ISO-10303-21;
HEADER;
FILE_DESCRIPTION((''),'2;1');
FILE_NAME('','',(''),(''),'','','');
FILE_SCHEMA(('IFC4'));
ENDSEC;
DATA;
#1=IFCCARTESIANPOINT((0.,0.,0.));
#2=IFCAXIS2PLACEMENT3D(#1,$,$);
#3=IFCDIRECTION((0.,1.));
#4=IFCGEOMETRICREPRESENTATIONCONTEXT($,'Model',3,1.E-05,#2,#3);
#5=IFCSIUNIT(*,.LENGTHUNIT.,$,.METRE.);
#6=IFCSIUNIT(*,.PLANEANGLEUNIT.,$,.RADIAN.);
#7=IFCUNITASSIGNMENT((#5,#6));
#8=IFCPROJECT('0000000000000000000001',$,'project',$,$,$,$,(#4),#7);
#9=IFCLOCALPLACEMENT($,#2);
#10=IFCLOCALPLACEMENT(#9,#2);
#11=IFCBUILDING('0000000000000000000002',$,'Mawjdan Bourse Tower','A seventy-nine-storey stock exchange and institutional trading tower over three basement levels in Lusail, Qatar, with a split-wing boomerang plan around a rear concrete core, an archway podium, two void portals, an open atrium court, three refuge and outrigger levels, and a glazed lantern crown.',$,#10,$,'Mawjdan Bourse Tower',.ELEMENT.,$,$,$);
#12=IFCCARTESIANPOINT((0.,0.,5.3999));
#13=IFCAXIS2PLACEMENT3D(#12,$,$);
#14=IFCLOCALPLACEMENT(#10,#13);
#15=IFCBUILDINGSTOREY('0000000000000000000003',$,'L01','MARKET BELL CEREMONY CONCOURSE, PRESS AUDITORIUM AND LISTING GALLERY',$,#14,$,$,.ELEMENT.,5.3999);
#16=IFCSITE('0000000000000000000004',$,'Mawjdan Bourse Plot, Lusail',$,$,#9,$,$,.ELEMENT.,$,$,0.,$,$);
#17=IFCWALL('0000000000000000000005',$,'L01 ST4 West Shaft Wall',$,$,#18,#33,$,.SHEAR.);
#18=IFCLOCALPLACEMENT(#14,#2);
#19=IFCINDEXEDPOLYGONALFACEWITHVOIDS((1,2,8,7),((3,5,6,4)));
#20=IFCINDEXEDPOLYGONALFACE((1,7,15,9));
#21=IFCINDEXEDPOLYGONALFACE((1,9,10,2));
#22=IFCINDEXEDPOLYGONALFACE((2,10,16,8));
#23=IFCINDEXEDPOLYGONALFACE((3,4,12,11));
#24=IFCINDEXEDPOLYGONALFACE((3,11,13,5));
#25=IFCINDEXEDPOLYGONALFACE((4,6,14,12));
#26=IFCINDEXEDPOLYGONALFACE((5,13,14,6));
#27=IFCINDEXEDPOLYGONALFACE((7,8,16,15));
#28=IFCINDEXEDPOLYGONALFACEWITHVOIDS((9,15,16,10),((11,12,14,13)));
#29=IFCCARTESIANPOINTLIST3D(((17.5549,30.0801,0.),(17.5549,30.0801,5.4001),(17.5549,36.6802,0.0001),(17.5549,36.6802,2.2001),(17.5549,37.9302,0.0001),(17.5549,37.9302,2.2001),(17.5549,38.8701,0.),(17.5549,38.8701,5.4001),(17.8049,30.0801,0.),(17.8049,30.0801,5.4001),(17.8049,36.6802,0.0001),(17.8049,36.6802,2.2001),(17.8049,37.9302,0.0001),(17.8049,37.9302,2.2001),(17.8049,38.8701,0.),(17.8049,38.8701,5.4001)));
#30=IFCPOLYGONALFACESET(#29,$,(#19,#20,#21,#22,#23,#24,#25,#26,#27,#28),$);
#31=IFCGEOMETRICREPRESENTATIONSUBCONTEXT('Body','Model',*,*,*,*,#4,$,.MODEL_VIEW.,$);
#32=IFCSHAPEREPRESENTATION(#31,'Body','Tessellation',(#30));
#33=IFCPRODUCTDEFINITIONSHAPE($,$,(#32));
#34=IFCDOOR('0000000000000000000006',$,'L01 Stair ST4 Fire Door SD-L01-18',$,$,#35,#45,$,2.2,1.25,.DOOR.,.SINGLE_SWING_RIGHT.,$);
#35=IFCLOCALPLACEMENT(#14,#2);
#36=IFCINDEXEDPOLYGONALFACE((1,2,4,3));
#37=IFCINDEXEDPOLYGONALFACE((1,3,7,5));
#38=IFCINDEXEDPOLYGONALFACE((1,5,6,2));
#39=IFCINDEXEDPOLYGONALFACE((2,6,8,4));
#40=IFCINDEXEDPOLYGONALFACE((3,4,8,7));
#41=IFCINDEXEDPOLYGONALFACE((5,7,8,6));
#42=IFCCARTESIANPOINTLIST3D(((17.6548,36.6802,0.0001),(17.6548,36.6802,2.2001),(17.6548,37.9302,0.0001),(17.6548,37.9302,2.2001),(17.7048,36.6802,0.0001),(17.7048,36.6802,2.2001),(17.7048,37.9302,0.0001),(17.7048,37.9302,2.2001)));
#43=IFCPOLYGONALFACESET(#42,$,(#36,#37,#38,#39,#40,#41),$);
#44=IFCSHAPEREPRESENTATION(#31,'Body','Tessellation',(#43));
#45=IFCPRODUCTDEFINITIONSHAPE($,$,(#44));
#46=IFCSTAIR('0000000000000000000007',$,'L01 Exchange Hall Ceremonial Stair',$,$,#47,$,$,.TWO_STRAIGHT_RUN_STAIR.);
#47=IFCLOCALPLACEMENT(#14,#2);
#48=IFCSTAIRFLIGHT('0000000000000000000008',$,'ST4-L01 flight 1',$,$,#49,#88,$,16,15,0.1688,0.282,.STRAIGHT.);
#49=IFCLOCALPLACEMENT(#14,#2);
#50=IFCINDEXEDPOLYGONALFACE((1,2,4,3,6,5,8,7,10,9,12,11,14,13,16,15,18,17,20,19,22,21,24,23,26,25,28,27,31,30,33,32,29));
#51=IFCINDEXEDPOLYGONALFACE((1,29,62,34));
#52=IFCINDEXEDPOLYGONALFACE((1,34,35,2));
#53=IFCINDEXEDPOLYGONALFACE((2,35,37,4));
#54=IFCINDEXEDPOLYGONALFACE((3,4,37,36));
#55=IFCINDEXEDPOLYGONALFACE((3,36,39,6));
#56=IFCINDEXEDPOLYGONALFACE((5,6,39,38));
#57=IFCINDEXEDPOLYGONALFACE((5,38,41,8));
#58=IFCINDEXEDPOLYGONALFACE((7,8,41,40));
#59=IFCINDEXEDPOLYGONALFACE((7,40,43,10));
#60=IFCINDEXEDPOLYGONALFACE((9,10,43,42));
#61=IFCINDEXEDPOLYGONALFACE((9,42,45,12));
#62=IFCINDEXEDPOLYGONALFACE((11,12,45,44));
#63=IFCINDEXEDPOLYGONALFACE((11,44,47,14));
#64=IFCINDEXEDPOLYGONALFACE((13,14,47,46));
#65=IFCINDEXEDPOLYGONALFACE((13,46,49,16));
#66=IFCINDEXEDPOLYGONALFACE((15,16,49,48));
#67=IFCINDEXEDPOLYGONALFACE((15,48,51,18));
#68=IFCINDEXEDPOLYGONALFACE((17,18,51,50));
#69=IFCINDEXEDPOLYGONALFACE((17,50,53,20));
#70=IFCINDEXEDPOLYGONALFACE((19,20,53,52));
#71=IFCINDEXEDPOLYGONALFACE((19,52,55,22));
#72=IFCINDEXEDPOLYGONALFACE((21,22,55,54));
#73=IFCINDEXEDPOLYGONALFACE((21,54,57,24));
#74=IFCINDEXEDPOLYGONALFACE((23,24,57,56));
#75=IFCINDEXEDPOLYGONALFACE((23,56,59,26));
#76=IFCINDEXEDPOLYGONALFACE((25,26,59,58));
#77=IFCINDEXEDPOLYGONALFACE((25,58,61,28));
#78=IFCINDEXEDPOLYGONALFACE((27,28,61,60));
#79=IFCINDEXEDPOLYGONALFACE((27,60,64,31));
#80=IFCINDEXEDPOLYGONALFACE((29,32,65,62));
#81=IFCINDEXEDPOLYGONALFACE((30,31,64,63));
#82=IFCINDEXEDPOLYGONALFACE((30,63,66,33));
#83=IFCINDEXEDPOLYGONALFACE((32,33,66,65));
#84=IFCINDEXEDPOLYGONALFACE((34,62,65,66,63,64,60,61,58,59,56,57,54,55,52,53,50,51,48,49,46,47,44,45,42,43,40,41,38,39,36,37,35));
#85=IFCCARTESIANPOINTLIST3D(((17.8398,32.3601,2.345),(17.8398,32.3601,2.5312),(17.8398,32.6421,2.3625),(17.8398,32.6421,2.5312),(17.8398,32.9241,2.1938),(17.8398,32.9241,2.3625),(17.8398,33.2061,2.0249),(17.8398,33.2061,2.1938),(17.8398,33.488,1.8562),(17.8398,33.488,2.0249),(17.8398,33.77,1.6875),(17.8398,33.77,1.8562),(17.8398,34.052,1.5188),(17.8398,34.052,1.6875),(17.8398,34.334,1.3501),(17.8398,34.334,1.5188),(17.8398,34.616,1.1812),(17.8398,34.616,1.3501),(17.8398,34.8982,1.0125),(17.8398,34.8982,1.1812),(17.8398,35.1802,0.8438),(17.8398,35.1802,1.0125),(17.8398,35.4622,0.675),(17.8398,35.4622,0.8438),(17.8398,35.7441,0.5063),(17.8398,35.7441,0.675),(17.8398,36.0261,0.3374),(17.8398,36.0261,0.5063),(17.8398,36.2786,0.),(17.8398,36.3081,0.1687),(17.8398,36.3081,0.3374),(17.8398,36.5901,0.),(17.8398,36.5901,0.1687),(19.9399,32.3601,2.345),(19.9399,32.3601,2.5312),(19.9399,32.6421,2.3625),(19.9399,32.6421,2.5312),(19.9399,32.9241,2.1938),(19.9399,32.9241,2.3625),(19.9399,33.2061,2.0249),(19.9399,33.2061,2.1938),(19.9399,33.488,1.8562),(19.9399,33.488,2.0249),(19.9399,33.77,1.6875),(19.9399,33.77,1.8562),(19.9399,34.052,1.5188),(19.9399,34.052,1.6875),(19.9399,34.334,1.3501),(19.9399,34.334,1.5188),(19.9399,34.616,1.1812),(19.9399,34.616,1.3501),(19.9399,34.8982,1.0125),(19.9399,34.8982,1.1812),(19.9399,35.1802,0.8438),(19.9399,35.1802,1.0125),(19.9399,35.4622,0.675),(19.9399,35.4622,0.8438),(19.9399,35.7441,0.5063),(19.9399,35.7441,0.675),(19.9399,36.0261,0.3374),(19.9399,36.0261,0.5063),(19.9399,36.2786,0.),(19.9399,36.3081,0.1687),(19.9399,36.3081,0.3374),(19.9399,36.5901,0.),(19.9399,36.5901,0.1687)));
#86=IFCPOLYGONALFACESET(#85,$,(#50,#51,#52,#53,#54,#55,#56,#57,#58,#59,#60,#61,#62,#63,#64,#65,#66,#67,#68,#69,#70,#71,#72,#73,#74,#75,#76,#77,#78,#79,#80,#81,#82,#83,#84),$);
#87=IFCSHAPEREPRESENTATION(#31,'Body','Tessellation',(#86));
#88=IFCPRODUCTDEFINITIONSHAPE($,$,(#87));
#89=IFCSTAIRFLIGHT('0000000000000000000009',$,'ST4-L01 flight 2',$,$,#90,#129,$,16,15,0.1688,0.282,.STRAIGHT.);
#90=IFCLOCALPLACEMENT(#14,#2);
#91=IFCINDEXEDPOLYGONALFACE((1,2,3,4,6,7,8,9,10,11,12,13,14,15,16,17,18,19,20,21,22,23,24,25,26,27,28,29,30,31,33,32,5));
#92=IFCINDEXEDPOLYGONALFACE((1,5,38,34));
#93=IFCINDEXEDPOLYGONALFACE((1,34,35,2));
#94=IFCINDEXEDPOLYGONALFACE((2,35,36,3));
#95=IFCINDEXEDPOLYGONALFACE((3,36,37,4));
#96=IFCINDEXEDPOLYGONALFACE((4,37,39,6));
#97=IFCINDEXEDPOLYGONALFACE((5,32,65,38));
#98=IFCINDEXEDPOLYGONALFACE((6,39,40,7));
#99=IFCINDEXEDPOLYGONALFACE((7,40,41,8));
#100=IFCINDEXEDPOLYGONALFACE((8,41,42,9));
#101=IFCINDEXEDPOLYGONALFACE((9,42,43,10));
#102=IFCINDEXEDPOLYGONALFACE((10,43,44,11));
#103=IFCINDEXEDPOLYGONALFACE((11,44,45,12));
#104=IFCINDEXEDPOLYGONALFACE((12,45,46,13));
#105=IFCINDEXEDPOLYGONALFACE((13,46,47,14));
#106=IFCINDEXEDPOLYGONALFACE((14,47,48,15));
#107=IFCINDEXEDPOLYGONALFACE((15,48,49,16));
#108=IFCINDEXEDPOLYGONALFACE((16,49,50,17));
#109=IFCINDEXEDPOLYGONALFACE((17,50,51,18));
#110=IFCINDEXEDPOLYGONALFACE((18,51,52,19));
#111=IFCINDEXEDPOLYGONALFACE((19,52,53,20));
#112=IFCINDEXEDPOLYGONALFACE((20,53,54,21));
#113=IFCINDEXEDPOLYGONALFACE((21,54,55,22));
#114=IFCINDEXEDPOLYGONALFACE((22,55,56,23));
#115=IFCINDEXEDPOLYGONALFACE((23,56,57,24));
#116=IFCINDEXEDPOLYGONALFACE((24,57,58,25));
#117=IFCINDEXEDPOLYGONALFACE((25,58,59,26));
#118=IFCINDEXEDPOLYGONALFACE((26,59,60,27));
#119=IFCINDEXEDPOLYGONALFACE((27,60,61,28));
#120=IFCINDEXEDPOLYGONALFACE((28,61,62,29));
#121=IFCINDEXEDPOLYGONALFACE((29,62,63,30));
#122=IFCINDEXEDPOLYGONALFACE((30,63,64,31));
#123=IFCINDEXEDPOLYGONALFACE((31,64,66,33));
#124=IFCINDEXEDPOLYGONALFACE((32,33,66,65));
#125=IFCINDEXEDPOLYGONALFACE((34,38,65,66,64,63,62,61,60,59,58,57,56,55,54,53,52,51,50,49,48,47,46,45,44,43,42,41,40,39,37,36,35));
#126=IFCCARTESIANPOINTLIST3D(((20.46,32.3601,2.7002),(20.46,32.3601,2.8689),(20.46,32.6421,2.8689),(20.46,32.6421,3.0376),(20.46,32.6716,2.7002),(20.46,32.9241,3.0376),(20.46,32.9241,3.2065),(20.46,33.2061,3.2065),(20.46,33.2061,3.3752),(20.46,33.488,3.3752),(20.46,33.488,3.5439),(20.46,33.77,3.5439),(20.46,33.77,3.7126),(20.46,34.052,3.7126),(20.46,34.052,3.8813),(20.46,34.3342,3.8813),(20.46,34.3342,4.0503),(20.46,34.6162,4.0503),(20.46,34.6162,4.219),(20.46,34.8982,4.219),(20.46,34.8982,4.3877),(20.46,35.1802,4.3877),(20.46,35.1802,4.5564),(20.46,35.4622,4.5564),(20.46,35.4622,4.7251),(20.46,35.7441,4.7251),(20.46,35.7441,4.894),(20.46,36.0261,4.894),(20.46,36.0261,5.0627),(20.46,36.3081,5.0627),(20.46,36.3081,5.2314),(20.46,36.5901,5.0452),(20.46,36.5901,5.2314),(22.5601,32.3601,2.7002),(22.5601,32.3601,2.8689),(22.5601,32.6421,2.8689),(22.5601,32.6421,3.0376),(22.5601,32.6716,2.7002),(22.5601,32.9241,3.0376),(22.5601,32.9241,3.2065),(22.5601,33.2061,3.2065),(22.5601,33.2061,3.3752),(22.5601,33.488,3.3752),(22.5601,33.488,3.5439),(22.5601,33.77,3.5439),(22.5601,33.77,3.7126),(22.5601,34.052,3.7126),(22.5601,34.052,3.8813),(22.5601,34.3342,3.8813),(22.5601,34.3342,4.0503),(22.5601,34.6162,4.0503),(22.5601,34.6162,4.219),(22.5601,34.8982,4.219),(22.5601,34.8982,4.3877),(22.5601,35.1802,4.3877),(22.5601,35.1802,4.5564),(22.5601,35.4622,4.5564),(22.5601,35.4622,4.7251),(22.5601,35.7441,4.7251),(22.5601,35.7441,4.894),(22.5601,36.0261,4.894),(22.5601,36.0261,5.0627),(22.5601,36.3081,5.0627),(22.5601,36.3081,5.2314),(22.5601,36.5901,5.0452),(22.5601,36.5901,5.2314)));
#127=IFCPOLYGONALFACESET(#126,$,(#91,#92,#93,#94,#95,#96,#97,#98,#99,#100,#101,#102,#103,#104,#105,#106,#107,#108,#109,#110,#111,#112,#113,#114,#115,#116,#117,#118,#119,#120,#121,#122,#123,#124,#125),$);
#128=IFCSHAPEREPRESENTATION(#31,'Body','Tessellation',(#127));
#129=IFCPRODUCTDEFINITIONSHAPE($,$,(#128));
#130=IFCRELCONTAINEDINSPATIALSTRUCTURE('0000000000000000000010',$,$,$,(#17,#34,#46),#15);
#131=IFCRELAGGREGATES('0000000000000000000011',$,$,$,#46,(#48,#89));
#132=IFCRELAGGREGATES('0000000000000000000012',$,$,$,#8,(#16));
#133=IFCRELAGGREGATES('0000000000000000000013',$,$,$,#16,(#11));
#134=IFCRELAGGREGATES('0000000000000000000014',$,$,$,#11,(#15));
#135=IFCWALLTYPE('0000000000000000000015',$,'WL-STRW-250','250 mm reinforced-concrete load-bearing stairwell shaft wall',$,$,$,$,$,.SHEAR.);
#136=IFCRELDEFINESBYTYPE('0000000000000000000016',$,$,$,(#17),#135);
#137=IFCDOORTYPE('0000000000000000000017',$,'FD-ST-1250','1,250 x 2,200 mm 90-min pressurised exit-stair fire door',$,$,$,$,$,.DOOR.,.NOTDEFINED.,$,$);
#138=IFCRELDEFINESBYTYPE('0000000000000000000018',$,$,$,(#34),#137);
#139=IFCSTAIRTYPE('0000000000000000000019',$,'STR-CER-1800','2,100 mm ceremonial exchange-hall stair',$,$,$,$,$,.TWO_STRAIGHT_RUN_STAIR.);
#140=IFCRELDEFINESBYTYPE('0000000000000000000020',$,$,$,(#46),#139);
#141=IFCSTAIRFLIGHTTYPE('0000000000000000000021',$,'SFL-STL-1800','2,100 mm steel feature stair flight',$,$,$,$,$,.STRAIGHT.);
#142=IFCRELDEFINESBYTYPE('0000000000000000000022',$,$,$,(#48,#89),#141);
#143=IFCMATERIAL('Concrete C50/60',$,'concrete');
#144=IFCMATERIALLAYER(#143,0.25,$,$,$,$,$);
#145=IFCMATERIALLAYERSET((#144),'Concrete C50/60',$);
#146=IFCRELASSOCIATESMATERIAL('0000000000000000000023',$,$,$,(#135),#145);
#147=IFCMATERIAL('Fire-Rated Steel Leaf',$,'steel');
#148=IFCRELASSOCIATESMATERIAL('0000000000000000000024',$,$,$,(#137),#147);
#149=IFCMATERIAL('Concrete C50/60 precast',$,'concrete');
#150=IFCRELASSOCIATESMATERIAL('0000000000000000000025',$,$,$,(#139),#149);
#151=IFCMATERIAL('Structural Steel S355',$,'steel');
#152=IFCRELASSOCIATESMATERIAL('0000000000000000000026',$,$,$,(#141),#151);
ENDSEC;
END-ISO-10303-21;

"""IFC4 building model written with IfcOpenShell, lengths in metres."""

from ifc_helpers import new_model, si_unit, direction, frame, frame_2d, origin, place, context, subcontext, project, spatial, polyline, rectangle, outline, extrude, material, layer, layer_set, type_object, element, fill, aggregate, save


model = new_model("IFC4")

# Units and contexts
model_context = context("Model", 3, precision=1e-05, world=origin(), true_north=direction((0.0, 1.0)))
body_context = subcontext(model_context, "Body", "Model", "MODEL_VIEW")
ifc_project = project(units=[si_unit("LENGTHUNIT", "METRE"), si_unit("PLANEANGLEUNIT", "RADIAN")], contexts=[model_context])

# Site, building, storey
site_placement = place(None, origin())
site = spatial("IfcSite", under=ifc_project, at=site_placement, Name="Mawjdan Bourse Plot, Lusail", CompositionType="ELEMENT", RefElevation=0.0)
building_placement = place(site_placement, origin())
building = spatial("IfcBuilding", under=site, at=building_placement, Name="Mawjdan Bourse Tower", Description="A seventy-nine-storey stock exchange and institutional trading tower over three basement levels in Lusail, Qatar, with a split-wing boomerang plan around a rear concrete core, an archway podium, two void portals, an open atrium court, three refuge and outrigger levels, and a glazed lantern crown.", LongName="Mawjdan Bourse Tower", CompositionType="ELEMENT")
storey_placement = place(building_placement, frame((0.0, 0.0, 5.3999)))
storey = spatial("IfcBuildingStorey", under=building, at=storey_placement, Name="L01", Description="MARKET BELL CEREMONY CONCOURSE, PRESS AUDITORIUM AND LISTING GALLERY", CompositionType="ELEMENT", Elevation=5.3999)

# Shared definitions
ifc_material_1 = material(Name="Structural Steel S355", Category="steel")

# Shared definitions
ifc_material_2 = material(Name="Concrete C50/60", Category="concrete")
ifc_layer = layer(ifc_material_2, 0.25)
ifc_layer_set = layer_set([ifc_layer], Name="Concrete C50/60")
wall_type = type_object("IfcWallType", Name="WL-STRW-250", Description="250 mm reinforced-concrete load-bearing stairwell shaft wall", PredefinedType="SHEAR", material=ifc_layer_set)

# Wall, opening, door
wall_1_placement = place(storey_placement, frame((17.6799, 30.0801, 0.0), z_axis=(0.0, 0.0, 1.0), x_axis=(0.0, 1.0, 0.0)))
wall_1 = element("IfcWall", 1, at=wall_1_placement, inside=storey, type_object=wall_type, Name="L01 ST4 West Shaft Wall", PredefinedType="SHEAR", context=body_context, shape_type="SweptSolid", body=[
    extrude(rectangle(XDim=8.79, YDim=0.25, at=frame_2d((4.395, 0.0))), origin(), (0.0, 0.0, 1.0), 5.4001),
])
opening_placement = place(wall_1_placement, frame((6.6001, 0.0, 0.0)))
opening = element("IfcOpeningElement", 2, at=opening_placement, cuts=wall_1, PredefinedType="OPENING", context=body_context, shape_type="SweptSolid", body=[
    extrude(rectangle(XDim=1.25, YDim=2.2, at=frame_2d((0.625, 1.1001))), frame((0.0, 0.135, 0.0), z_axis=(0.0, -1.0, 0.0), x_axis=(1.0, 0.0, 0.0)), (0.0, 0.0, 1.0), 0.27),
])
ifc_material_3 = material(Name="Fire-Rated Steel Leaf", Category="steel")
door_type = type_object("IfcDoorType", Name="FD-ST-1250", Description="1,250 x 2,200 mm 90-min pressurised exit-stair fire door", OperationType="NOTDEFINED", PredefinedType="DOOR", material=ifc_material_3)
door_placement = place(opening_placement, frame((1.25, 0.0, 0.0), z_axis=(0.0, 0.0, 1.0), x_axis=(-1.0, 0.0, 0.0)))
door = element("IfcDoor", 3, at=door_placement, inside=storey, type_object=door_type, Name="L01 Stair ST4 Fire Door SD-L01-18", OperationType="SINGLE_SWING_RIGHT", OverallHeight=2.2, OverallWidth=1.25, PredefinedType="DOOR", context=body_context, shape_type="SweptSolid", body=[
    extrude(rectangle(XDim=1.25, YDim=2.2, at=frame_2d((0.625, 1.1001))), frame((0.0, 0.0249, 0.0), z_axis=(0.0, -1.0, 0.0), x_axis=(1.0, 0.0, 0.0)), (0.0, 0.0, 1.0), 0.05),
])
fill(opening, door)

# Stair, stair flights
ifc_material_4 = material(Name="Concrete C50/60 precast", Category="concrete")
stair_type = type_object("IfcStairType", Name="STR-CER-1800", Description="2,100 mm ceremonial exchange-hall stair", PredefinedType="TWO_STRAIGHT_RUN_STAIR", material=ifc_material_4)
stair_placement = place(storey_placement, origin())
stair = element("IfcStair", 4, at=stair_placement, inside=storey, type_object=stair_type, Name="L01 Exchange Hall Ceremonial Stair", PredefinedType="TWO_STRAIGHT_RUN_STAIR")
stair_flight_type = type_object("IfcStairFlightType", Name="SFL-STL-1800", Description="2,100 mm steel feature stair flight", PredefinedType="STRAIGHT", material=ifc_material_1)
stair_flight_1_placement = place(storey_placement, frame((18.8899, 36.5901, 0.0), z_axis=(0.0, 0.0, 1.0), x_axis=(0.0, -1.0, 0.0)))
stair_flight_1 = element("IfcStairFlight", 5, at=stair_flight_1_placement, type_object=stair_flight_type, Name="ST4-L01 flight 1", NumberOfRisers=16, NumberOfTreads=15, PredefinedType="STRAIGHT", RiserHeight=0.1688, TreadLength=0.282, context=body_context, shape_type="SweptSolid", body=[
    extrude(outline(polyline([(0.0, 0.0), (0.0, 0.1687), (0.282, 0.1687), (0.282, 0.3374), (0.564, 0.3374), (0.564, 0.5063), (0.8459, 0.5063), (0.8459, 0.675), (1.1279, 0.675), (1.1279, 0.8438), (1.4099, 0.8438), (1.4099, 1.0125), (1.6919, 1.0125), (1.6919, 1.1812), (1.9741, 1.1812), (1.9741, 1.3501), (2.2561, 1.3501), (2.2561, 1.5188), (2.5381, 1.5188), (2.5381, 1.6875), (2.8201, 1.6875), (2.8201, 1.8562), (3.1021, 1.8562), (3.1021, 2.0249), (3.384, 2.0249), (3.384, 2.1938), (3.666, 2.1938), (3.666, 2.3625), (3.948, 2.3625), (3.948, 2.5312), (4.23, 2.5312), (4.23, 2.7), (4.23, 2.345), (0.3115, 0.0), (0.0, 0.0)])), frame((0.0, 1.05, 0.0), z_axis=(0.0, -1.0, 0.0), x_axis=(1.0, 0.0, 0.0)), (0.0, 0.0, 1.0), 2.1001),
])
stair_flight_2_placement = place(storey_placement, frame((21.51, 32.3601, 2.7002), z_axis=(0.0, 0.0, 1.0), x_axis=(0.0, 1.0, 0.0)))
stair_flight_2 = element("IfcStairFlight", 6, at=stair_flight_2_placement, type_object=stair_flight_type, Name="ST4-L01 flight 2", NumberOfRisers=16, NumberOfTreads=15, PredefinedType="STRAIGHT", RiserHeight=0.1688, TreadLength=0.282, context=body_context, shape_type="SweptSolid", body=[
    extrude(outline(polyline([(0.0, 0.0), (0.0, 0.1687), (0.282, 0.1687), (0.282, 0.3374), (0.564, 0.3374), (0.564, 0.5063), (0.8459, 0.5063), (0.8459, 0.675), (1.1279, 0.675), (1.1279, 0.8438), (1.4099, 0.8438), (1.4099, 1.0125), (1.6919, 1.0125), (1.6919, 1.1812), (1.9741, 1.1812), (1.9741, 1.3501), (2.2561, 1.3501), (2.2561, 1.5188), (2.5381, 1.5188), (2.5381, 1.6875), (2.8201, 1.6875), (2.8201, 1.8562), (3.1021, 1.8562), (3.1021, 2.0249), (3.384, 2.0249), (3.384, 2.1938), (3.666, 2.1938), (3.666, 2.3625), (3.948, 2.3625), (3.948, 2.5312), (4.23, 2.5312), (4.23, 2.7), (4.23, 2.345), (0.3115, 0.0), (0.0, 0.0)])), frame((0.0, 1.05, 0.0), z_axis=(0.0, -1.0, 0.0), x_axis=(1.0, 0.0, 0.0)), (0.0, 0.0, 1.0), 2.1001),
])
aggregate(stair, [stair_flight_1, stair_flight_2])

save(model, "model.ifc")
